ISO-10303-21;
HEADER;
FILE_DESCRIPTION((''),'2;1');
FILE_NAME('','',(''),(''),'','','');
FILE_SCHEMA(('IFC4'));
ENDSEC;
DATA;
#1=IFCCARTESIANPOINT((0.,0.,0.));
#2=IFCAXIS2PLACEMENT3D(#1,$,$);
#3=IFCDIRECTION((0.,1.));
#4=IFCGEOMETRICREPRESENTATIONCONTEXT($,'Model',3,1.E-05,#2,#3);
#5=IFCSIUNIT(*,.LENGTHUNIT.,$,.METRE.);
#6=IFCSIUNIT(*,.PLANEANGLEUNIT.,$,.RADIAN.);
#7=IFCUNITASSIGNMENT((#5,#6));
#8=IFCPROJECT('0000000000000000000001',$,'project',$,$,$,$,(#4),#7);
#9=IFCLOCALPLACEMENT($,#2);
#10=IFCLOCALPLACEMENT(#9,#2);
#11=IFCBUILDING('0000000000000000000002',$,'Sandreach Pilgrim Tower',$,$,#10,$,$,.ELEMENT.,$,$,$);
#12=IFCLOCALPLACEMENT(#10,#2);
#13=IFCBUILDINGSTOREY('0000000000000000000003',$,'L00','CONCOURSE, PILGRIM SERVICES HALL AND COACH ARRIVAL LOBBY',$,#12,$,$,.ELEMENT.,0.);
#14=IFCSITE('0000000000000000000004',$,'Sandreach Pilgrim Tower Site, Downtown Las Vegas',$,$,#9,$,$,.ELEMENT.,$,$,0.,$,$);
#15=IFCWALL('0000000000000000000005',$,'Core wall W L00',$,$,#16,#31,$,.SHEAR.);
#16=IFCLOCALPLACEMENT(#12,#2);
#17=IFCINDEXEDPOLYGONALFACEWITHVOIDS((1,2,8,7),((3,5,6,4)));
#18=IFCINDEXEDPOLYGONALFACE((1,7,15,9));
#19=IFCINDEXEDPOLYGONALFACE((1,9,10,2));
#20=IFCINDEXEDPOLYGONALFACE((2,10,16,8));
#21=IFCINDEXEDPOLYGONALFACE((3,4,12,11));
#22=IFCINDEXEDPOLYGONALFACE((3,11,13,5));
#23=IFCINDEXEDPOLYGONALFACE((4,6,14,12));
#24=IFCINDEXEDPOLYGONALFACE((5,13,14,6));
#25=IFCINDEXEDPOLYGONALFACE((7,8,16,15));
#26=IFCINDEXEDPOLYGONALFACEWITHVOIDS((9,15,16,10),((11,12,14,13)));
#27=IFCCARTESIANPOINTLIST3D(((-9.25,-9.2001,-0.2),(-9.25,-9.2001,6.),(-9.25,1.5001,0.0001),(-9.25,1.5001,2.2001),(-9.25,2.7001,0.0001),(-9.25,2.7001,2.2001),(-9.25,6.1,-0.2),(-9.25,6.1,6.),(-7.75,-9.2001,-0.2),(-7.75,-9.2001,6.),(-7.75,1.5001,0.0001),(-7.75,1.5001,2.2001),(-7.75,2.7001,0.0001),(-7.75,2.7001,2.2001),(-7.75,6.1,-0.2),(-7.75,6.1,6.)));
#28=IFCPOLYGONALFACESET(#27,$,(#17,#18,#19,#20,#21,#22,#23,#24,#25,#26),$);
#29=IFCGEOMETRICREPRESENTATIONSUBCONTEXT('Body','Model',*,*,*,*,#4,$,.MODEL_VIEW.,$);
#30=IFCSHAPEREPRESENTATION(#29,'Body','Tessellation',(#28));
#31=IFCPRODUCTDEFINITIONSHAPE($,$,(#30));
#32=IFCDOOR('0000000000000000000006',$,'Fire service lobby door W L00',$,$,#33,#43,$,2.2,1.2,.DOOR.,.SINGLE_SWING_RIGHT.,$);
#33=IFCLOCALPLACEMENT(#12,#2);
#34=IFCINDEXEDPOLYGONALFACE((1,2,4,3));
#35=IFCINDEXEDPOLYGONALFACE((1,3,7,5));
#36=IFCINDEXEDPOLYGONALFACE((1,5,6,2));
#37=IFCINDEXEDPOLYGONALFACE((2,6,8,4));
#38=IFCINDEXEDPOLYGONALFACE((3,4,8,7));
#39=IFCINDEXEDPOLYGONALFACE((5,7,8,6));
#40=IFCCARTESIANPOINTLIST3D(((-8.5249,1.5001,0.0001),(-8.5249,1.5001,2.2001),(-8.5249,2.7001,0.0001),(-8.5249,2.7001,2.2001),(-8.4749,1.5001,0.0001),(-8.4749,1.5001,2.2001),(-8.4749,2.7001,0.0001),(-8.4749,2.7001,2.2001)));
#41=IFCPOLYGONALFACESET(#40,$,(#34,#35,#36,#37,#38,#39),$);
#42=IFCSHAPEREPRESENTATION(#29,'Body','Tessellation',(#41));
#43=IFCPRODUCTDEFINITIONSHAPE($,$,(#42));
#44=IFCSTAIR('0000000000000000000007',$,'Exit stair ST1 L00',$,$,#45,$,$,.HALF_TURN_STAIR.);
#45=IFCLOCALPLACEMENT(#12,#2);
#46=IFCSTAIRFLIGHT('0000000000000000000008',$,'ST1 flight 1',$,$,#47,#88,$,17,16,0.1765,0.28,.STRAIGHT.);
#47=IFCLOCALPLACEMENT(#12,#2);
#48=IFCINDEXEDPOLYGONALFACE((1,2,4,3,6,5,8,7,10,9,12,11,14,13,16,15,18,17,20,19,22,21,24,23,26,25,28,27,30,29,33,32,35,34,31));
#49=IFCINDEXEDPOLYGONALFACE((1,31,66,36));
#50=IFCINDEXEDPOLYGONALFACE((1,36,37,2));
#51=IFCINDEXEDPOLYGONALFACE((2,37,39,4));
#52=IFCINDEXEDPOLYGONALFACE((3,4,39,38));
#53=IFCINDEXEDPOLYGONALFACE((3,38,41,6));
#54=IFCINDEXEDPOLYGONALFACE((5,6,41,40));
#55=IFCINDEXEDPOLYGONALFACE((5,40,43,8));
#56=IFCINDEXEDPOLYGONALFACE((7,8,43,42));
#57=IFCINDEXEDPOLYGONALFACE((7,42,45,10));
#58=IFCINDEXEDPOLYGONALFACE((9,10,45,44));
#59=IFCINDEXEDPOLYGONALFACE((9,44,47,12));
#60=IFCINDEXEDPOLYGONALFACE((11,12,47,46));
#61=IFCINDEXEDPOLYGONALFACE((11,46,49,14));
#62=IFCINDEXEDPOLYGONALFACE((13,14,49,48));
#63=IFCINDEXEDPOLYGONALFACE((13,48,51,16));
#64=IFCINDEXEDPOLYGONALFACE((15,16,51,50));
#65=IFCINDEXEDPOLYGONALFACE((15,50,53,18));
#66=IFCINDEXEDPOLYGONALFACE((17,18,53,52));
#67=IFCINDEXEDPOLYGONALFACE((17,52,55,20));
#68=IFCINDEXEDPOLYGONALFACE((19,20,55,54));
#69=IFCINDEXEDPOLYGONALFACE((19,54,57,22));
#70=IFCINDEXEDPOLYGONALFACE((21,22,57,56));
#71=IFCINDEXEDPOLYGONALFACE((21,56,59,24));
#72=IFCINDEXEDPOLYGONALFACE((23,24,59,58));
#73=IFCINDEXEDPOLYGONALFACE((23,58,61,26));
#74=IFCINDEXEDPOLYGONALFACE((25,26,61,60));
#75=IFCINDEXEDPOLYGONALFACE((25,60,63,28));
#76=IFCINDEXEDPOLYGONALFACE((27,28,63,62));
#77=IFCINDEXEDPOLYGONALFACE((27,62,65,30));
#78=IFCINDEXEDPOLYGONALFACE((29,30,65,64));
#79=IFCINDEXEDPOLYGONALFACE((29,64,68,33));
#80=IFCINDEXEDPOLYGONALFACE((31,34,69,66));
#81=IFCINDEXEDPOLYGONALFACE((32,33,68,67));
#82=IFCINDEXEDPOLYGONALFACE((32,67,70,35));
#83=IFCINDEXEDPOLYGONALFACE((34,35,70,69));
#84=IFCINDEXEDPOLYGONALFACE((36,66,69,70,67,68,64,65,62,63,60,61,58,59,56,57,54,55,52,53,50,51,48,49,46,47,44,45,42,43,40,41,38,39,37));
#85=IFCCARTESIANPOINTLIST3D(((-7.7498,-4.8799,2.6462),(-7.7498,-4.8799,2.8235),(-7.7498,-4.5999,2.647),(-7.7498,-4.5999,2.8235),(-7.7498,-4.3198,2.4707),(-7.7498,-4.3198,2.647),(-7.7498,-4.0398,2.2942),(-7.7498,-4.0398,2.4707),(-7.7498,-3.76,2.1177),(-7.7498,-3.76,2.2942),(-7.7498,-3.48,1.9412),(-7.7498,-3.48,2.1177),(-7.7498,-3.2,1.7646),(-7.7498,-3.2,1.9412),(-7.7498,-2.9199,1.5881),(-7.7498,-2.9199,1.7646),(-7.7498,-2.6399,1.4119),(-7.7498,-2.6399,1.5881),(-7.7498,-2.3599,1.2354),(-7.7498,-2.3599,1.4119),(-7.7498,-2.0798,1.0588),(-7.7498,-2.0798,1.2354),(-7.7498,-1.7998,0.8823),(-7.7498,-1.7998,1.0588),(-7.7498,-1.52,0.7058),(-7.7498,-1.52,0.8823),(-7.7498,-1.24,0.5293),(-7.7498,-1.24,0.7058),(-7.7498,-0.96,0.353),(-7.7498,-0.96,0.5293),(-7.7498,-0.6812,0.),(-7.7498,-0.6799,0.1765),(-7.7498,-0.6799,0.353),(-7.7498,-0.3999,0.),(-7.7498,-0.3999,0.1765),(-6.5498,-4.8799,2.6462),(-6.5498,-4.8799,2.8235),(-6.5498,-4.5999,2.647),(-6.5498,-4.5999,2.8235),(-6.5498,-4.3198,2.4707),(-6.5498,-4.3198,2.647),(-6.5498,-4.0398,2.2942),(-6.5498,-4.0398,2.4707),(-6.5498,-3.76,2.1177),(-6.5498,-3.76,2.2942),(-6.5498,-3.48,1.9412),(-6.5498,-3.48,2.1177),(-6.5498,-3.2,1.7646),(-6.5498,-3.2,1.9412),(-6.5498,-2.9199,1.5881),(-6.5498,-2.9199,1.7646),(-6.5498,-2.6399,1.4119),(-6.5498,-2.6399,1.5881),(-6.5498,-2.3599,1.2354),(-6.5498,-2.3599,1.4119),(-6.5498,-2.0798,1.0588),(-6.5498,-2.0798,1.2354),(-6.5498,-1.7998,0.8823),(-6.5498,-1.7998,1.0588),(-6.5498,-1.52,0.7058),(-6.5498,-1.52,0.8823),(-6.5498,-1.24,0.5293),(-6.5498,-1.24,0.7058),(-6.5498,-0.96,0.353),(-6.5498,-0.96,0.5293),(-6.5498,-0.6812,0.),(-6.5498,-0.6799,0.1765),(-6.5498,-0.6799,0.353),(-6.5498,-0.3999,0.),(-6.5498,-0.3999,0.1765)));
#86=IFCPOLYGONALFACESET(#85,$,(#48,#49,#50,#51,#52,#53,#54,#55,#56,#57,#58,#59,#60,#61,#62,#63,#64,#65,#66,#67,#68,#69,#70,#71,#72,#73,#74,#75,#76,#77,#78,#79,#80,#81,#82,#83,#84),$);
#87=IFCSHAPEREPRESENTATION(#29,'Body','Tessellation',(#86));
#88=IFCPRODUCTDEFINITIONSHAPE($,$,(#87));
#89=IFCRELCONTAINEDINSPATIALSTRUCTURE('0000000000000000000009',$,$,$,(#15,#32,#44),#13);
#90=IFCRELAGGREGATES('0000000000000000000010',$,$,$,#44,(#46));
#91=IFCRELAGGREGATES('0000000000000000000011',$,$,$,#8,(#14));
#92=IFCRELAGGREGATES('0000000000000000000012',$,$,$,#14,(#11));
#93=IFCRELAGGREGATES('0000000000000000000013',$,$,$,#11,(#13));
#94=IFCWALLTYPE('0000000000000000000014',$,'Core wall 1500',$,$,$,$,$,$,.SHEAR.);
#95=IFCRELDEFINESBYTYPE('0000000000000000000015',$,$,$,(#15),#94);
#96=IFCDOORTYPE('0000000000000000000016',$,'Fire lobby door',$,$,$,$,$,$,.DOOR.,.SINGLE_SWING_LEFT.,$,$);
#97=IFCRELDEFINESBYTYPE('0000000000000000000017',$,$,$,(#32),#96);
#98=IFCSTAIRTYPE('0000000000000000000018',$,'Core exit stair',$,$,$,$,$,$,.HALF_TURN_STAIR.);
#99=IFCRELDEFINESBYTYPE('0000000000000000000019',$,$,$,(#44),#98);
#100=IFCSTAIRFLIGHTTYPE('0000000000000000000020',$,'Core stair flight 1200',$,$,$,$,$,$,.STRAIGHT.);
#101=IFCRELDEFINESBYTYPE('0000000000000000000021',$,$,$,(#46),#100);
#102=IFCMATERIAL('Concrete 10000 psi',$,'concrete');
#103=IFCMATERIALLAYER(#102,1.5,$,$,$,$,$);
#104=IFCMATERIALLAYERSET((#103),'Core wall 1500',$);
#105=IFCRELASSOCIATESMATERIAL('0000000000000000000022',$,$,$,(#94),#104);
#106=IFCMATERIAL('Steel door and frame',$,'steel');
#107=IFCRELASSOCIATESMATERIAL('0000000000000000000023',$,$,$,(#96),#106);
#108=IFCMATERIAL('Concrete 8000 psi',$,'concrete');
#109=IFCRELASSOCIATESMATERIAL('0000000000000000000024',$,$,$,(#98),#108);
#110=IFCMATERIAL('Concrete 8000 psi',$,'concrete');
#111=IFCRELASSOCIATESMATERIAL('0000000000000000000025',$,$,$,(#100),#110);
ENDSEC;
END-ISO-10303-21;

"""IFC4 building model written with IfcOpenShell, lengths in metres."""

from ifc_helpers import new_model, si_unit, direction, frame, frame_2d, origin, place, context, subcontext, project, spatial, polyline, rectangle, outline, extrude, material, layer, layer_set, type_object, element, fill, aggregate, save


model = new_model("IFC4")

# Units and contexts
model_context = context("Model", 3, precision=1e-05, world=origin(), true_north=direction((0.0, 1.0)))
body_context = subcontext(model_context, "Body", "Model", "MODEL_VIEW")
ifc_project = project(units=[si_unit("LENGTHUNIT", "METRE"), si_unit("PLANEANGLEUNIT", "RADIAN")], contexts=[model_context])

# Site, building, storey
site_placement = place(None, origin())
site = spatial("IfcSite", under=ifc_project, at=site_placement, Name="Sandreach Pilgrim Tower Site, Downtown Las Vegas", CompositionType="ELEMENT", RefElevation=0.0)
building_placement = place(site_placement, origin())
building = spatial("IfcBuilding", under=site, at=building_placement, Name="Sandreach Pilgrim Tower", CompositionType="ELEMENT")
storey_placement = place(building_placement, origin())
storey = spatial("IfcBuildingStorey", under=building, at=storey_placement, Name="L00", Description="CONCOURSE, PILGRIM SERVICES HALL AND COACH ARRIVAL LOBBY", CompositionType="ELEMENT", Elevation=0.0)

# Wall, opening, door
ifc_material_1 = material(Name="Concrete 10000 psi", Category="concrete")
ifc_layer_1 = layer(ifc_material_1, 1.5)
ifc_layer_set_1 = layer_set([ifc_layer_1], Name="Core wall 1500")
wall_type_1 = type_object("IfcWallType", Name="Core wall 1500", PredefinedType="SHEAR", material=ifc_layer_set_1)
wall_1_placement = place(storey_placement, frame((-8.5, -9.2, -0.2), z_axis=(0.0, 0.0, 1.0), x_axis=(0.0, 1.0, 0.0)))
wall_1 = element("IfcWall", 1, at=wall_1_placement, inside=storey, type_object=wall_type_1, Name="Core wall W L00", PredefinedType="SHEAR", context=body_context, shape_type="SweptSolid", body=[
    extrude(rectangle(XDim=15.3, YDim=1.5, at=frame_2d((7.6499, 0.0))), origin(), (0.0, 0.0, 1.0), 6.2),
])
opening_placement = place(wall_1_placement, frame((10.7, 0.0, 0.2)))
opening = element("IfcOpeningElement", 2, at=opening_placement, cuts=wall_1, PredefinedType="OPENING", context=body_context, shape_type="SweptSolid", body=[
    extrude(rectangle(XDim=1.2, YDim=2.2, at=frame_2d((0.6001, 1.1001))), frame((0.0, 0.75, 0.0), z_axis=(0.0, -1.0, 0.0), x_axis=(1.0, 0.0, 0.0)), (0.0, 0.0, 1.0), 1.5),
])
ifc_material_2 = material(Name="Steel door and frame", Category="steel")
door_type = type_object("IfcDoorType", Name="Fire lobby door", OperationType="SINGLE_SWING_LEFT", PredefinedType="DOOR", material=ifc_material_2)
door_placement = place(opening_placement, origin())
door = element("IfcDoor", 3, at=door_placement, inside=storey, type_object=door_type, Name="Fire service lobby door W L00", OperationType="SINGLE_SWING_RIGHT", OverallHeight=2.2, OverallWidth=1.2, PredefinedType="DOOR", context=body_context, shape_type="SweptSolid", body=[
    extrude(rectangle(XDim=1.2, YDim=2.2, at=frame_2d((0.6001, 1.1001))), frame((0.0, 0.0249, 0.0), z_axis=(0.0, -1.0, 0.0), x_axis=(1.0, 0.0, 0.0)), (0.0, 0.0, 1.0), 0.05),
])
fill(opening, door)

# Stair, stair flight
ifc_material_3 = material(Name="Concrete 8000 psi", Category="concrete")
stair_type = type_object("IfcStairType", Name="Core exit stair", PredefinedType="HALF_TURN_STAIR", material=ifc_material_3)
stair_placement = place(storey_placement, origin())
stair = element("IfcStair", 4, at=stair_placement, inside=storey, type_object=stair_type, Name="Exit stair ST1 L00", PredefinedType="HALF_TURN_STAIR")
ifc_material_4 = material(Name="Concrete 8000 psi", Category="concrete")
stair_flight_type = type_object("IfcStairFlightType", Name="Core stair flight 1200", PredefinedType="STRAIGHT", material=ifc_material_4)
stair_flight_placement = place(storey_placement, frame((-7.1499, -0.3999, 0.0), z_axis=(0.0, 0.0, 1.0), x_axis=(0.0, -1.0, 0.0)))
stair_flight = element("IfcStairFlight", 5, at=stair_flight_placement, type_object=stair_flight_type, Name="ST1 flight 1", NumberOfRisers=17, NumberOfTreads=16, PredefinedType="STRAIGHT", RiserHeight=0.1765, TreadLength=0.28, context=body_context, shape_type="SweptSolid", body=[
    extrude(outline(polyline([(0.0, 0.0), (0.0, 0.1765), (0.28, 0.1765), (0.28, 0.353), (0.5601, 0.353), (0.5601, 0.5293), (0.8401, 0.5293), (0.8401, 0.7058), (1.1201, 0.7058), (1.1201, 0.8823), (1.3999, 0.8823), (1.3999, 1.0588), (1.6799, 1.0588), (1.6799, 1.2354), (1.96, 1.2354), (1.96, 1.4119), (2.24, 1.4119), (2.24, 1.5881), (2.52, 1.5881), (2.52, 1.7646), (2.8, 1.7646), (2.8, 1.9412), (3.0801, 1.9412), (3.0801, 2.1177), (3.3601, 2.1177), (3.3601, 2.2942), (3.6399, 2.2942), (3.6399, 2.4707), (3.9199, 2.4707), (3.9199, 2.647), (4.2, 2.647), (4.2, 2.8235), (4.48, 2.8235), (4.48, 3.0), (4.48, 2.6462), (0.2812, 0.0), (0.0, 0.0)])), frame((0.0, 0.6001, 0.0), z_axis=(0.0, -1.0, 0.0), x_axis=(1.0, 0.0, 0.0)), (0.0, 0.0, 1.0), 1.2),
])
aggregate(stair, [stair_flight])

save(model, "model.ifc")
